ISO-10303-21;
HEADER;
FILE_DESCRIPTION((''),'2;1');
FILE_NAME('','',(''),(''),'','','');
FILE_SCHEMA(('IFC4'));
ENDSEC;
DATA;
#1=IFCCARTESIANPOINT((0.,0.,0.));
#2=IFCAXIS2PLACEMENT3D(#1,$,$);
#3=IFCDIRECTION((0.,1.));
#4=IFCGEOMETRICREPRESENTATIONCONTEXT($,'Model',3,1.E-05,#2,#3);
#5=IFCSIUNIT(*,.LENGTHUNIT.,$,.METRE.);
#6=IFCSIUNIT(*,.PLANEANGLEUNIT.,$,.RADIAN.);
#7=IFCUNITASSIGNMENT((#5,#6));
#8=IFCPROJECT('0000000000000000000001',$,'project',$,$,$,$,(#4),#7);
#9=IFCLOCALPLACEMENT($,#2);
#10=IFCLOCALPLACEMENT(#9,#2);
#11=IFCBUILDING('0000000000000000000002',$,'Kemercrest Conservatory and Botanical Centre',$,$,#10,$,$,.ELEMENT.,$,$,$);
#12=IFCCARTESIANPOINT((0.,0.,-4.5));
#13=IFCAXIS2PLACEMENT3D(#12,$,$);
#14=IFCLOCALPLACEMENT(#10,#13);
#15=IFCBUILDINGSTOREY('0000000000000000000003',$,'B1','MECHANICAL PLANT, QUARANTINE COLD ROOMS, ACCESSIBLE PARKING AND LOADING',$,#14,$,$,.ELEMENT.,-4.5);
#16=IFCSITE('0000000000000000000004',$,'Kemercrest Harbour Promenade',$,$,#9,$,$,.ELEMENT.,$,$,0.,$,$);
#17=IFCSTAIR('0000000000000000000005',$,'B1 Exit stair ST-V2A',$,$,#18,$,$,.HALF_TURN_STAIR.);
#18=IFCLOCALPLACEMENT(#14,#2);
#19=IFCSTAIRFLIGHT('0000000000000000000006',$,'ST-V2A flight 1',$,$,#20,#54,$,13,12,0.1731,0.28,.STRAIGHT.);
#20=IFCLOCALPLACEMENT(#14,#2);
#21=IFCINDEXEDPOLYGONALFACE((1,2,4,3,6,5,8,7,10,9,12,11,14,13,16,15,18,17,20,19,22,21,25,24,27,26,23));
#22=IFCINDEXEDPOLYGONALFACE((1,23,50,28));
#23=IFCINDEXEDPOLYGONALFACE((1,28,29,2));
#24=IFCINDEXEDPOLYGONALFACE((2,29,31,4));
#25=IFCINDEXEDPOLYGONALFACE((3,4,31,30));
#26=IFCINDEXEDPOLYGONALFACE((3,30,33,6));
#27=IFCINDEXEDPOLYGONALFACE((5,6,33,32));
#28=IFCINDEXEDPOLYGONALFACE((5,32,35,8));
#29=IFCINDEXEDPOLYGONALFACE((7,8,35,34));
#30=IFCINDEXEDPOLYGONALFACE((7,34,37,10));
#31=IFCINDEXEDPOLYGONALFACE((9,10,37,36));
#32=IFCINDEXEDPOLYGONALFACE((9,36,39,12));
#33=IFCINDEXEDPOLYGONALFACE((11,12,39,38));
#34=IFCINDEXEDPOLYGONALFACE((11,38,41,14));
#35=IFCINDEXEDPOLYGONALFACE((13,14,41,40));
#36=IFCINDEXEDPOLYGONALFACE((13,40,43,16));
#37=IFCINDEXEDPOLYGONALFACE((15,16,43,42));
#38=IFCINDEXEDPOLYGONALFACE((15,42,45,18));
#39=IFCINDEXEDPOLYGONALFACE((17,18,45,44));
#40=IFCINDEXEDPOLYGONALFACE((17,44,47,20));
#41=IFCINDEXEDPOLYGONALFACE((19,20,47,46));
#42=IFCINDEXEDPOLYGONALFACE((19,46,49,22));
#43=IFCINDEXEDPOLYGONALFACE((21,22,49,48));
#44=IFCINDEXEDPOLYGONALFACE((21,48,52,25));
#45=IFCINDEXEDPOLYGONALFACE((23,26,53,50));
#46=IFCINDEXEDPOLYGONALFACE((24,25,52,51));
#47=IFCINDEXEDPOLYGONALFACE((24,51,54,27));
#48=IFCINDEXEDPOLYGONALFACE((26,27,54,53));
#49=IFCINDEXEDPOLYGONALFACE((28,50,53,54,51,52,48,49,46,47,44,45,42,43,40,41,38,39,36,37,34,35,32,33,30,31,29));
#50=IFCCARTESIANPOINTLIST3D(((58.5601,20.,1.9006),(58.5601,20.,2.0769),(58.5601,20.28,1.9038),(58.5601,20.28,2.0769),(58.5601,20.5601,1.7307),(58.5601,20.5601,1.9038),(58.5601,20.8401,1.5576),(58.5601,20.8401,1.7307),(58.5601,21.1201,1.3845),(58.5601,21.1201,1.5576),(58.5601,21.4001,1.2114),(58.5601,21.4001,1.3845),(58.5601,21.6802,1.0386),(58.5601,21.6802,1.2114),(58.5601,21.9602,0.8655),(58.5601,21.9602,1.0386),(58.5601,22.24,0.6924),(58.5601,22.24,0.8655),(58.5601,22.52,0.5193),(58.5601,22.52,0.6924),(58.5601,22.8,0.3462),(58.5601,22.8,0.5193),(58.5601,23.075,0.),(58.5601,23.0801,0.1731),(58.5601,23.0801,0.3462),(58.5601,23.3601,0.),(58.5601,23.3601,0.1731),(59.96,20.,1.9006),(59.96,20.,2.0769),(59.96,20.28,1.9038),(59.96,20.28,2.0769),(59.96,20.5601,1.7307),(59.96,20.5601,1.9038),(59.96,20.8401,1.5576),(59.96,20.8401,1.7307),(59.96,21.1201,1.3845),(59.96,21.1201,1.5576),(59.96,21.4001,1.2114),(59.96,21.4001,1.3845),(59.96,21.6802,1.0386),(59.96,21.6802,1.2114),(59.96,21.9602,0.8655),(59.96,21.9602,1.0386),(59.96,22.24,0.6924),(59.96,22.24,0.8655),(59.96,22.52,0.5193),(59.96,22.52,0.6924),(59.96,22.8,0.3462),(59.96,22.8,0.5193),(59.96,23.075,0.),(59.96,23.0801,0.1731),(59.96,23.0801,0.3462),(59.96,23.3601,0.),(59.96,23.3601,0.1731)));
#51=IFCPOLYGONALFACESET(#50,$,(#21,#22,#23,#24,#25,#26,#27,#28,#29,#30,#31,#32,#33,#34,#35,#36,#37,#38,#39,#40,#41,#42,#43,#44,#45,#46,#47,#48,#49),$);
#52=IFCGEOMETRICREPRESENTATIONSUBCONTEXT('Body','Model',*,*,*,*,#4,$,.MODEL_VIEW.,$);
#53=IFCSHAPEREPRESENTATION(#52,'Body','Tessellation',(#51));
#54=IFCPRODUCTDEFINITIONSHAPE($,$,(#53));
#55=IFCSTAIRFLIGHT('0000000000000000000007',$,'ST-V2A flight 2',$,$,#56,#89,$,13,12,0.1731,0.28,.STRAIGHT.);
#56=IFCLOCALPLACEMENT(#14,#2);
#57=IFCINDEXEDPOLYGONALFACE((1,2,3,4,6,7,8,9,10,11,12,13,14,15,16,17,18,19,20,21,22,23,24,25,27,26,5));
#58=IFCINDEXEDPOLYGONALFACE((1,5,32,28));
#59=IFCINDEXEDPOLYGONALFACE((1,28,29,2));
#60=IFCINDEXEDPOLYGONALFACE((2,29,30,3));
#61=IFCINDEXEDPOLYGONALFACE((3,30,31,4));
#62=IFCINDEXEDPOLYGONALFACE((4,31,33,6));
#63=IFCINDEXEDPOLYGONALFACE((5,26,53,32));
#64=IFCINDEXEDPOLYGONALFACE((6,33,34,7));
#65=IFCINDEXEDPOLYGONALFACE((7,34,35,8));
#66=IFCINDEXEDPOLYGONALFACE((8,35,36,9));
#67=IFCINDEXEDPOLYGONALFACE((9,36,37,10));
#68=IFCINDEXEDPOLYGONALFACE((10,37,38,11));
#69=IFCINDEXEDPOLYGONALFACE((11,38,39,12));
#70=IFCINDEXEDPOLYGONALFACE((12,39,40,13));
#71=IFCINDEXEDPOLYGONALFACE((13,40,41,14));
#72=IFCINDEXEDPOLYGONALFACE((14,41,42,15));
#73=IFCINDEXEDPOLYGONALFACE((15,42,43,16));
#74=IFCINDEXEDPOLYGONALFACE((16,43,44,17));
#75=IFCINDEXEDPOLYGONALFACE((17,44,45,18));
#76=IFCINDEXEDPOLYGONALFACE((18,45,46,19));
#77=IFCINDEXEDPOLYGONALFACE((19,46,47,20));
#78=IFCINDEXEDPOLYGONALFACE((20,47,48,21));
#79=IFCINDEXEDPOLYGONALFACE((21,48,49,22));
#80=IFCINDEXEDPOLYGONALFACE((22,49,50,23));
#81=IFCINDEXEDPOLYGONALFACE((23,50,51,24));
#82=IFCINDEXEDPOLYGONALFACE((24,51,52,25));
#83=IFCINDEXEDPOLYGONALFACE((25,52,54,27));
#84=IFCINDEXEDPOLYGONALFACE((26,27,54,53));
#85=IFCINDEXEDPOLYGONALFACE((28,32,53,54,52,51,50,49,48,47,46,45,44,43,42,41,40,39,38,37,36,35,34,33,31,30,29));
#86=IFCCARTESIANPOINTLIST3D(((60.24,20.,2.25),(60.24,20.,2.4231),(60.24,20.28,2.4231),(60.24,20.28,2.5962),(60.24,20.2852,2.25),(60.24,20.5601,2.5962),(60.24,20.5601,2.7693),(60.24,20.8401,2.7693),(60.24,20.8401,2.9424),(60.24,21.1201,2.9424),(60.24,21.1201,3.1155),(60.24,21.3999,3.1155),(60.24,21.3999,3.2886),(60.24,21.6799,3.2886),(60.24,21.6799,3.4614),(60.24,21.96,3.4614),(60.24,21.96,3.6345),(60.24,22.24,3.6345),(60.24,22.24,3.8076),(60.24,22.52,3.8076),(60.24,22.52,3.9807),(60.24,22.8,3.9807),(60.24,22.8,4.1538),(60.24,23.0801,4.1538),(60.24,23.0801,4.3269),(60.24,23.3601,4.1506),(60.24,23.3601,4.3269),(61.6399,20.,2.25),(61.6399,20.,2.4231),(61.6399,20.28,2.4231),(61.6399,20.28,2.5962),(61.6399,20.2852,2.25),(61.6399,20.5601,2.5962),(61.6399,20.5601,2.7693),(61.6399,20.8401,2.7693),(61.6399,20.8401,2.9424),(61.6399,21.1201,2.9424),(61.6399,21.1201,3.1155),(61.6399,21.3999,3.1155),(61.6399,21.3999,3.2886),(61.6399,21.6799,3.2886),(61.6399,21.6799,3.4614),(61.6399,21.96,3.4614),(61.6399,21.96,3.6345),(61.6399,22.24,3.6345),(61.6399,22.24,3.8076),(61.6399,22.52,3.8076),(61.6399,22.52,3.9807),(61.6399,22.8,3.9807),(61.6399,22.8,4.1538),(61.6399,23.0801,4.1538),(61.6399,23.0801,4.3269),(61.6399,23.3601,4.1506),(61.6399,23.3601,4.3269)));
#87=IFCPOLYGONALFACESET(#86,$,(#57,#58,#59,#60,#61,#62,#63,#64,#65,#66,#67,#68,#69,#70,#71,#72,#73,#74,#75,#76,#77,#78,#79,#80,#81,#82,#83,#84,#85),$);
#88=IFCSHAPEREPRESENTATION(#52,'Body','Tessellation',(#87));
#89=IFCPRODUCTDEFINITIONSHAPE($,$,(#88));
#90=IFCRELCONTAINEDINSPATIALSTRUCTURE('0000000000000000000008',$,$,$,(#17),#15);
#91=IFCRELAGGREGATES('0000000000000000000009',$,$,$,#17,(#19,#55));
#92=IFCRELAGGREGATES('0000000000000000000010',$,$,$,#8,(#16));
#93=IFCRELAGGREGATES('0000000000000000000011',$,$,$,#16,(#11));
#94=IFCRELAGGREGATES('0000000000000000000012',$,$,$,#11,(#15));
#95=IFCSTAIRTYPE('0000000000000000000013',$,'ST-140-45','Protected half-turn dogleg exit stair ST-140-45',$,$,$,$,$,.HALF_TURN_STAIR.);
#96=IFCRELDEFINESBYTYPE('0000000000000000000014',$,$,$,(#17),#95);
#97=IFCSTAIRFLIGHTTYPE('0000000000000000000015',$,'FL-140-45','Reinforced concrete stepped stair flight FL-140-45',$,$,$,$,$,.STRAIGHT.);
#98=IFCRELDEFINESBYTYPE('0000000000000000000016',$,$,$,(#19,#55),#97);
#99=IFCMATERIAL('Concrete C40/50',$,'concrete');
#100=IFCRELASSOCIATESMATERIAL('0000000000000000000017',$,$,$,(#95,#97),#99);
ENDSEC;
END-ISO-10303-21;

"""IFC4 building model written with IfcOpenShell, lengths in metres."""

from ifc_helpers import new_model, si_unit, direction, frame, origin, place, context, subcontext, project, spatial, polyline, outline, extrude, material, type_object, element, aggregate, save


model = new_model("IFC4")

# Units and contexts
model_context = context("Model", 3, precision=1e-05, world=origin(), true_north=direction((0.0, 1.0)))
body_context = subcontext(model_context, "Body", "Model", "MODEL_VIEW")
ifc_project = project(units=[si_unit("LENGTHUNIT", "METRE"), si_unit("PLANEANGLEUNIT", "RADIAN")], contexts=[model_context])

# Site, building, storey
site_placement = place(None, origin())
site = spatial("IfcSite", under=ifc_project, at=site_placement, Name="Kemercrest Harbour Promenade", CompositionType="ELEMENT", RefElevation=0.0)
building_placement = place(site_placement, origin())
building = spatial("IfcBuilding", under=site, at=building_placement, Name="Kemercrest Conservatory and Botanical Centre", CompositionType="ELEMENT")
storey_placement = place(building_placement, frame((0.0, 0.0, -4.5)))
storey = spatial("IfcBuildingStorey", under=building, at=storey_placement, Name="B1", Description="MECHANICAL PLANT, QUARANTINE COLD ROOMS, ACCESSIBLE PARKING AND LOADING", CompositionType="ELEMENT", Elevation=-4.5)

# Shared definitions
ifc_material_1 = material(Name="Concrete C40/50", Category="concrete")

# Stair, stair flights
stair_type = type_object("IfcStairType", Name="ST-140-45", Description="Protected half-turn dogleg exit stair ST-140-45", PredefinedType="HALF_TURN_STAIR", material=ifc_material_1)
stair_placement = place(storey_placement, origin())
stair = element("IfcStair", 1, at=stair_placement, inside=storey, type_object=stair_type, Name="B1 Exit stair ST-V2A", PredefinedType="HALF_TURN_STAIR")
stair_flight_type = type_object("IfcStairFlightType", Name="FL-140-45", Description="Reinforced concrete stepped stair flight FL-140-45", PredefinedType="STRAIGHT", material=ifc_material_1)
stair_flight_1_placement = place(storey_placement, frame((59.26, 23.3601, 0.0), z_axis=(0.0, 0.0, 1.0), x_axis=(0.0, -1.0, 0.0)))
stair_flight_1 = element("IfcStairFlight", 2, at=stair_flight_1_placement, type_object=stair_flight_type, Name="ST-V2A flight 1", NumberOfRisers=13, NumberOfTreads=12, PredefinedType="STRAIGHT", RiserHeight=0.1731, TreadLength=0.28, context=body_context, shape_type="SweptSolid", body=[
    extrude(outline(polyline([(0.0, 0.0), (0.0, 0.1731), (0.28, 0.1731), (0.28, 0.3462), (0.5601, 0.3462), (0.5601, 0.5193), (0.8401, 0.5193), (0.8401, 0.6924), (1.1201, 0.6924), (1.1201, 0.8655), (1.3999, 0.8655), (1.3999, 1.0386), (1.6799, 1.0386), (1.6799, 1.2114), (1.96, 1.2114), (1.96, 1.3845), (2.24, 1.3845), (2.24, 1.5576), (2.52, 1.5576), (2.52, 1.7307), (2.8, 1.7307), (2.8, 1.9038), (3.0801, 1.9038), (3.0801, 2.0769), (3.3601, 2.0769), (3.3601, 2.25), (3.3601, 1.9006), (0.2852, 0.0), (0.0, 0.0)])), frame((0.0, 0.7, 0.0), z_axis=(0.0, -1.0, 0.0), x_axis=(1.0, 0.0, 0.0)), (0.0, 0.0, 1.0), 1.3999),
])
stair_flight_2_placement = place(storey_placement, frame((60.9399, 20.0, 2.25), z_axis=(0.0, 0.0, 1.0), x_axis=(0.0, 1.0, 0.0)))
stair_flight_2 = element("IfcStairFlight", 3, at=stair_flight_2_placement, type_object=stair_flight_type, Name="ST-V2A flight 2", NumberOfRisers=13, NumberOfTreads=12, PredefinedType="STRAIGHT", RiserHeight=0.1731, TreadLength=0.28, context=body_context, shape_type="SweptSolid", body=[
    extrude(outline(polyline([(0.0, 0.0), (0.0, 0.1731), (0.28, 0.1731), (0.28, 0.3462), (0.5601, 0.3462), (0.5601, 0.5193), (0.8401, 0.5193), (0.8401, 0.6924), (1.1201, 0.6924), (1.1201, 0.8655), (1.3999, 0.8655), (1.3999, 1.0386), (1.6799, 1.0386), (1.6799, 1.2114), (1.96, 1.2114), (1.96, 1.3845), (2.24, 1.3845), (2.24, 1.5576), (2.52, 1.5576), (2.52, 1.7307), (2.8, 1.7307), (2.8, 1.9038), (3.0801, 1.9038), (3.0801, 2.0769), (3.3601, 2.0769), (3.3601, 2.25), (3.3601, 1.9006), (0.2852, 0.0), (0.0, 0.0)])), frame((0.0, 0.7, 0.0), z_axis=(0.0, -1.0, 0.0), x_axis=(1.0, 0.0, 0.0)), (0.0, 0.0, 1.0), 1.3999),
])
aggregate(stair, [stair_flight_1, stair_flight_2])

save(model, "model.ifc")
